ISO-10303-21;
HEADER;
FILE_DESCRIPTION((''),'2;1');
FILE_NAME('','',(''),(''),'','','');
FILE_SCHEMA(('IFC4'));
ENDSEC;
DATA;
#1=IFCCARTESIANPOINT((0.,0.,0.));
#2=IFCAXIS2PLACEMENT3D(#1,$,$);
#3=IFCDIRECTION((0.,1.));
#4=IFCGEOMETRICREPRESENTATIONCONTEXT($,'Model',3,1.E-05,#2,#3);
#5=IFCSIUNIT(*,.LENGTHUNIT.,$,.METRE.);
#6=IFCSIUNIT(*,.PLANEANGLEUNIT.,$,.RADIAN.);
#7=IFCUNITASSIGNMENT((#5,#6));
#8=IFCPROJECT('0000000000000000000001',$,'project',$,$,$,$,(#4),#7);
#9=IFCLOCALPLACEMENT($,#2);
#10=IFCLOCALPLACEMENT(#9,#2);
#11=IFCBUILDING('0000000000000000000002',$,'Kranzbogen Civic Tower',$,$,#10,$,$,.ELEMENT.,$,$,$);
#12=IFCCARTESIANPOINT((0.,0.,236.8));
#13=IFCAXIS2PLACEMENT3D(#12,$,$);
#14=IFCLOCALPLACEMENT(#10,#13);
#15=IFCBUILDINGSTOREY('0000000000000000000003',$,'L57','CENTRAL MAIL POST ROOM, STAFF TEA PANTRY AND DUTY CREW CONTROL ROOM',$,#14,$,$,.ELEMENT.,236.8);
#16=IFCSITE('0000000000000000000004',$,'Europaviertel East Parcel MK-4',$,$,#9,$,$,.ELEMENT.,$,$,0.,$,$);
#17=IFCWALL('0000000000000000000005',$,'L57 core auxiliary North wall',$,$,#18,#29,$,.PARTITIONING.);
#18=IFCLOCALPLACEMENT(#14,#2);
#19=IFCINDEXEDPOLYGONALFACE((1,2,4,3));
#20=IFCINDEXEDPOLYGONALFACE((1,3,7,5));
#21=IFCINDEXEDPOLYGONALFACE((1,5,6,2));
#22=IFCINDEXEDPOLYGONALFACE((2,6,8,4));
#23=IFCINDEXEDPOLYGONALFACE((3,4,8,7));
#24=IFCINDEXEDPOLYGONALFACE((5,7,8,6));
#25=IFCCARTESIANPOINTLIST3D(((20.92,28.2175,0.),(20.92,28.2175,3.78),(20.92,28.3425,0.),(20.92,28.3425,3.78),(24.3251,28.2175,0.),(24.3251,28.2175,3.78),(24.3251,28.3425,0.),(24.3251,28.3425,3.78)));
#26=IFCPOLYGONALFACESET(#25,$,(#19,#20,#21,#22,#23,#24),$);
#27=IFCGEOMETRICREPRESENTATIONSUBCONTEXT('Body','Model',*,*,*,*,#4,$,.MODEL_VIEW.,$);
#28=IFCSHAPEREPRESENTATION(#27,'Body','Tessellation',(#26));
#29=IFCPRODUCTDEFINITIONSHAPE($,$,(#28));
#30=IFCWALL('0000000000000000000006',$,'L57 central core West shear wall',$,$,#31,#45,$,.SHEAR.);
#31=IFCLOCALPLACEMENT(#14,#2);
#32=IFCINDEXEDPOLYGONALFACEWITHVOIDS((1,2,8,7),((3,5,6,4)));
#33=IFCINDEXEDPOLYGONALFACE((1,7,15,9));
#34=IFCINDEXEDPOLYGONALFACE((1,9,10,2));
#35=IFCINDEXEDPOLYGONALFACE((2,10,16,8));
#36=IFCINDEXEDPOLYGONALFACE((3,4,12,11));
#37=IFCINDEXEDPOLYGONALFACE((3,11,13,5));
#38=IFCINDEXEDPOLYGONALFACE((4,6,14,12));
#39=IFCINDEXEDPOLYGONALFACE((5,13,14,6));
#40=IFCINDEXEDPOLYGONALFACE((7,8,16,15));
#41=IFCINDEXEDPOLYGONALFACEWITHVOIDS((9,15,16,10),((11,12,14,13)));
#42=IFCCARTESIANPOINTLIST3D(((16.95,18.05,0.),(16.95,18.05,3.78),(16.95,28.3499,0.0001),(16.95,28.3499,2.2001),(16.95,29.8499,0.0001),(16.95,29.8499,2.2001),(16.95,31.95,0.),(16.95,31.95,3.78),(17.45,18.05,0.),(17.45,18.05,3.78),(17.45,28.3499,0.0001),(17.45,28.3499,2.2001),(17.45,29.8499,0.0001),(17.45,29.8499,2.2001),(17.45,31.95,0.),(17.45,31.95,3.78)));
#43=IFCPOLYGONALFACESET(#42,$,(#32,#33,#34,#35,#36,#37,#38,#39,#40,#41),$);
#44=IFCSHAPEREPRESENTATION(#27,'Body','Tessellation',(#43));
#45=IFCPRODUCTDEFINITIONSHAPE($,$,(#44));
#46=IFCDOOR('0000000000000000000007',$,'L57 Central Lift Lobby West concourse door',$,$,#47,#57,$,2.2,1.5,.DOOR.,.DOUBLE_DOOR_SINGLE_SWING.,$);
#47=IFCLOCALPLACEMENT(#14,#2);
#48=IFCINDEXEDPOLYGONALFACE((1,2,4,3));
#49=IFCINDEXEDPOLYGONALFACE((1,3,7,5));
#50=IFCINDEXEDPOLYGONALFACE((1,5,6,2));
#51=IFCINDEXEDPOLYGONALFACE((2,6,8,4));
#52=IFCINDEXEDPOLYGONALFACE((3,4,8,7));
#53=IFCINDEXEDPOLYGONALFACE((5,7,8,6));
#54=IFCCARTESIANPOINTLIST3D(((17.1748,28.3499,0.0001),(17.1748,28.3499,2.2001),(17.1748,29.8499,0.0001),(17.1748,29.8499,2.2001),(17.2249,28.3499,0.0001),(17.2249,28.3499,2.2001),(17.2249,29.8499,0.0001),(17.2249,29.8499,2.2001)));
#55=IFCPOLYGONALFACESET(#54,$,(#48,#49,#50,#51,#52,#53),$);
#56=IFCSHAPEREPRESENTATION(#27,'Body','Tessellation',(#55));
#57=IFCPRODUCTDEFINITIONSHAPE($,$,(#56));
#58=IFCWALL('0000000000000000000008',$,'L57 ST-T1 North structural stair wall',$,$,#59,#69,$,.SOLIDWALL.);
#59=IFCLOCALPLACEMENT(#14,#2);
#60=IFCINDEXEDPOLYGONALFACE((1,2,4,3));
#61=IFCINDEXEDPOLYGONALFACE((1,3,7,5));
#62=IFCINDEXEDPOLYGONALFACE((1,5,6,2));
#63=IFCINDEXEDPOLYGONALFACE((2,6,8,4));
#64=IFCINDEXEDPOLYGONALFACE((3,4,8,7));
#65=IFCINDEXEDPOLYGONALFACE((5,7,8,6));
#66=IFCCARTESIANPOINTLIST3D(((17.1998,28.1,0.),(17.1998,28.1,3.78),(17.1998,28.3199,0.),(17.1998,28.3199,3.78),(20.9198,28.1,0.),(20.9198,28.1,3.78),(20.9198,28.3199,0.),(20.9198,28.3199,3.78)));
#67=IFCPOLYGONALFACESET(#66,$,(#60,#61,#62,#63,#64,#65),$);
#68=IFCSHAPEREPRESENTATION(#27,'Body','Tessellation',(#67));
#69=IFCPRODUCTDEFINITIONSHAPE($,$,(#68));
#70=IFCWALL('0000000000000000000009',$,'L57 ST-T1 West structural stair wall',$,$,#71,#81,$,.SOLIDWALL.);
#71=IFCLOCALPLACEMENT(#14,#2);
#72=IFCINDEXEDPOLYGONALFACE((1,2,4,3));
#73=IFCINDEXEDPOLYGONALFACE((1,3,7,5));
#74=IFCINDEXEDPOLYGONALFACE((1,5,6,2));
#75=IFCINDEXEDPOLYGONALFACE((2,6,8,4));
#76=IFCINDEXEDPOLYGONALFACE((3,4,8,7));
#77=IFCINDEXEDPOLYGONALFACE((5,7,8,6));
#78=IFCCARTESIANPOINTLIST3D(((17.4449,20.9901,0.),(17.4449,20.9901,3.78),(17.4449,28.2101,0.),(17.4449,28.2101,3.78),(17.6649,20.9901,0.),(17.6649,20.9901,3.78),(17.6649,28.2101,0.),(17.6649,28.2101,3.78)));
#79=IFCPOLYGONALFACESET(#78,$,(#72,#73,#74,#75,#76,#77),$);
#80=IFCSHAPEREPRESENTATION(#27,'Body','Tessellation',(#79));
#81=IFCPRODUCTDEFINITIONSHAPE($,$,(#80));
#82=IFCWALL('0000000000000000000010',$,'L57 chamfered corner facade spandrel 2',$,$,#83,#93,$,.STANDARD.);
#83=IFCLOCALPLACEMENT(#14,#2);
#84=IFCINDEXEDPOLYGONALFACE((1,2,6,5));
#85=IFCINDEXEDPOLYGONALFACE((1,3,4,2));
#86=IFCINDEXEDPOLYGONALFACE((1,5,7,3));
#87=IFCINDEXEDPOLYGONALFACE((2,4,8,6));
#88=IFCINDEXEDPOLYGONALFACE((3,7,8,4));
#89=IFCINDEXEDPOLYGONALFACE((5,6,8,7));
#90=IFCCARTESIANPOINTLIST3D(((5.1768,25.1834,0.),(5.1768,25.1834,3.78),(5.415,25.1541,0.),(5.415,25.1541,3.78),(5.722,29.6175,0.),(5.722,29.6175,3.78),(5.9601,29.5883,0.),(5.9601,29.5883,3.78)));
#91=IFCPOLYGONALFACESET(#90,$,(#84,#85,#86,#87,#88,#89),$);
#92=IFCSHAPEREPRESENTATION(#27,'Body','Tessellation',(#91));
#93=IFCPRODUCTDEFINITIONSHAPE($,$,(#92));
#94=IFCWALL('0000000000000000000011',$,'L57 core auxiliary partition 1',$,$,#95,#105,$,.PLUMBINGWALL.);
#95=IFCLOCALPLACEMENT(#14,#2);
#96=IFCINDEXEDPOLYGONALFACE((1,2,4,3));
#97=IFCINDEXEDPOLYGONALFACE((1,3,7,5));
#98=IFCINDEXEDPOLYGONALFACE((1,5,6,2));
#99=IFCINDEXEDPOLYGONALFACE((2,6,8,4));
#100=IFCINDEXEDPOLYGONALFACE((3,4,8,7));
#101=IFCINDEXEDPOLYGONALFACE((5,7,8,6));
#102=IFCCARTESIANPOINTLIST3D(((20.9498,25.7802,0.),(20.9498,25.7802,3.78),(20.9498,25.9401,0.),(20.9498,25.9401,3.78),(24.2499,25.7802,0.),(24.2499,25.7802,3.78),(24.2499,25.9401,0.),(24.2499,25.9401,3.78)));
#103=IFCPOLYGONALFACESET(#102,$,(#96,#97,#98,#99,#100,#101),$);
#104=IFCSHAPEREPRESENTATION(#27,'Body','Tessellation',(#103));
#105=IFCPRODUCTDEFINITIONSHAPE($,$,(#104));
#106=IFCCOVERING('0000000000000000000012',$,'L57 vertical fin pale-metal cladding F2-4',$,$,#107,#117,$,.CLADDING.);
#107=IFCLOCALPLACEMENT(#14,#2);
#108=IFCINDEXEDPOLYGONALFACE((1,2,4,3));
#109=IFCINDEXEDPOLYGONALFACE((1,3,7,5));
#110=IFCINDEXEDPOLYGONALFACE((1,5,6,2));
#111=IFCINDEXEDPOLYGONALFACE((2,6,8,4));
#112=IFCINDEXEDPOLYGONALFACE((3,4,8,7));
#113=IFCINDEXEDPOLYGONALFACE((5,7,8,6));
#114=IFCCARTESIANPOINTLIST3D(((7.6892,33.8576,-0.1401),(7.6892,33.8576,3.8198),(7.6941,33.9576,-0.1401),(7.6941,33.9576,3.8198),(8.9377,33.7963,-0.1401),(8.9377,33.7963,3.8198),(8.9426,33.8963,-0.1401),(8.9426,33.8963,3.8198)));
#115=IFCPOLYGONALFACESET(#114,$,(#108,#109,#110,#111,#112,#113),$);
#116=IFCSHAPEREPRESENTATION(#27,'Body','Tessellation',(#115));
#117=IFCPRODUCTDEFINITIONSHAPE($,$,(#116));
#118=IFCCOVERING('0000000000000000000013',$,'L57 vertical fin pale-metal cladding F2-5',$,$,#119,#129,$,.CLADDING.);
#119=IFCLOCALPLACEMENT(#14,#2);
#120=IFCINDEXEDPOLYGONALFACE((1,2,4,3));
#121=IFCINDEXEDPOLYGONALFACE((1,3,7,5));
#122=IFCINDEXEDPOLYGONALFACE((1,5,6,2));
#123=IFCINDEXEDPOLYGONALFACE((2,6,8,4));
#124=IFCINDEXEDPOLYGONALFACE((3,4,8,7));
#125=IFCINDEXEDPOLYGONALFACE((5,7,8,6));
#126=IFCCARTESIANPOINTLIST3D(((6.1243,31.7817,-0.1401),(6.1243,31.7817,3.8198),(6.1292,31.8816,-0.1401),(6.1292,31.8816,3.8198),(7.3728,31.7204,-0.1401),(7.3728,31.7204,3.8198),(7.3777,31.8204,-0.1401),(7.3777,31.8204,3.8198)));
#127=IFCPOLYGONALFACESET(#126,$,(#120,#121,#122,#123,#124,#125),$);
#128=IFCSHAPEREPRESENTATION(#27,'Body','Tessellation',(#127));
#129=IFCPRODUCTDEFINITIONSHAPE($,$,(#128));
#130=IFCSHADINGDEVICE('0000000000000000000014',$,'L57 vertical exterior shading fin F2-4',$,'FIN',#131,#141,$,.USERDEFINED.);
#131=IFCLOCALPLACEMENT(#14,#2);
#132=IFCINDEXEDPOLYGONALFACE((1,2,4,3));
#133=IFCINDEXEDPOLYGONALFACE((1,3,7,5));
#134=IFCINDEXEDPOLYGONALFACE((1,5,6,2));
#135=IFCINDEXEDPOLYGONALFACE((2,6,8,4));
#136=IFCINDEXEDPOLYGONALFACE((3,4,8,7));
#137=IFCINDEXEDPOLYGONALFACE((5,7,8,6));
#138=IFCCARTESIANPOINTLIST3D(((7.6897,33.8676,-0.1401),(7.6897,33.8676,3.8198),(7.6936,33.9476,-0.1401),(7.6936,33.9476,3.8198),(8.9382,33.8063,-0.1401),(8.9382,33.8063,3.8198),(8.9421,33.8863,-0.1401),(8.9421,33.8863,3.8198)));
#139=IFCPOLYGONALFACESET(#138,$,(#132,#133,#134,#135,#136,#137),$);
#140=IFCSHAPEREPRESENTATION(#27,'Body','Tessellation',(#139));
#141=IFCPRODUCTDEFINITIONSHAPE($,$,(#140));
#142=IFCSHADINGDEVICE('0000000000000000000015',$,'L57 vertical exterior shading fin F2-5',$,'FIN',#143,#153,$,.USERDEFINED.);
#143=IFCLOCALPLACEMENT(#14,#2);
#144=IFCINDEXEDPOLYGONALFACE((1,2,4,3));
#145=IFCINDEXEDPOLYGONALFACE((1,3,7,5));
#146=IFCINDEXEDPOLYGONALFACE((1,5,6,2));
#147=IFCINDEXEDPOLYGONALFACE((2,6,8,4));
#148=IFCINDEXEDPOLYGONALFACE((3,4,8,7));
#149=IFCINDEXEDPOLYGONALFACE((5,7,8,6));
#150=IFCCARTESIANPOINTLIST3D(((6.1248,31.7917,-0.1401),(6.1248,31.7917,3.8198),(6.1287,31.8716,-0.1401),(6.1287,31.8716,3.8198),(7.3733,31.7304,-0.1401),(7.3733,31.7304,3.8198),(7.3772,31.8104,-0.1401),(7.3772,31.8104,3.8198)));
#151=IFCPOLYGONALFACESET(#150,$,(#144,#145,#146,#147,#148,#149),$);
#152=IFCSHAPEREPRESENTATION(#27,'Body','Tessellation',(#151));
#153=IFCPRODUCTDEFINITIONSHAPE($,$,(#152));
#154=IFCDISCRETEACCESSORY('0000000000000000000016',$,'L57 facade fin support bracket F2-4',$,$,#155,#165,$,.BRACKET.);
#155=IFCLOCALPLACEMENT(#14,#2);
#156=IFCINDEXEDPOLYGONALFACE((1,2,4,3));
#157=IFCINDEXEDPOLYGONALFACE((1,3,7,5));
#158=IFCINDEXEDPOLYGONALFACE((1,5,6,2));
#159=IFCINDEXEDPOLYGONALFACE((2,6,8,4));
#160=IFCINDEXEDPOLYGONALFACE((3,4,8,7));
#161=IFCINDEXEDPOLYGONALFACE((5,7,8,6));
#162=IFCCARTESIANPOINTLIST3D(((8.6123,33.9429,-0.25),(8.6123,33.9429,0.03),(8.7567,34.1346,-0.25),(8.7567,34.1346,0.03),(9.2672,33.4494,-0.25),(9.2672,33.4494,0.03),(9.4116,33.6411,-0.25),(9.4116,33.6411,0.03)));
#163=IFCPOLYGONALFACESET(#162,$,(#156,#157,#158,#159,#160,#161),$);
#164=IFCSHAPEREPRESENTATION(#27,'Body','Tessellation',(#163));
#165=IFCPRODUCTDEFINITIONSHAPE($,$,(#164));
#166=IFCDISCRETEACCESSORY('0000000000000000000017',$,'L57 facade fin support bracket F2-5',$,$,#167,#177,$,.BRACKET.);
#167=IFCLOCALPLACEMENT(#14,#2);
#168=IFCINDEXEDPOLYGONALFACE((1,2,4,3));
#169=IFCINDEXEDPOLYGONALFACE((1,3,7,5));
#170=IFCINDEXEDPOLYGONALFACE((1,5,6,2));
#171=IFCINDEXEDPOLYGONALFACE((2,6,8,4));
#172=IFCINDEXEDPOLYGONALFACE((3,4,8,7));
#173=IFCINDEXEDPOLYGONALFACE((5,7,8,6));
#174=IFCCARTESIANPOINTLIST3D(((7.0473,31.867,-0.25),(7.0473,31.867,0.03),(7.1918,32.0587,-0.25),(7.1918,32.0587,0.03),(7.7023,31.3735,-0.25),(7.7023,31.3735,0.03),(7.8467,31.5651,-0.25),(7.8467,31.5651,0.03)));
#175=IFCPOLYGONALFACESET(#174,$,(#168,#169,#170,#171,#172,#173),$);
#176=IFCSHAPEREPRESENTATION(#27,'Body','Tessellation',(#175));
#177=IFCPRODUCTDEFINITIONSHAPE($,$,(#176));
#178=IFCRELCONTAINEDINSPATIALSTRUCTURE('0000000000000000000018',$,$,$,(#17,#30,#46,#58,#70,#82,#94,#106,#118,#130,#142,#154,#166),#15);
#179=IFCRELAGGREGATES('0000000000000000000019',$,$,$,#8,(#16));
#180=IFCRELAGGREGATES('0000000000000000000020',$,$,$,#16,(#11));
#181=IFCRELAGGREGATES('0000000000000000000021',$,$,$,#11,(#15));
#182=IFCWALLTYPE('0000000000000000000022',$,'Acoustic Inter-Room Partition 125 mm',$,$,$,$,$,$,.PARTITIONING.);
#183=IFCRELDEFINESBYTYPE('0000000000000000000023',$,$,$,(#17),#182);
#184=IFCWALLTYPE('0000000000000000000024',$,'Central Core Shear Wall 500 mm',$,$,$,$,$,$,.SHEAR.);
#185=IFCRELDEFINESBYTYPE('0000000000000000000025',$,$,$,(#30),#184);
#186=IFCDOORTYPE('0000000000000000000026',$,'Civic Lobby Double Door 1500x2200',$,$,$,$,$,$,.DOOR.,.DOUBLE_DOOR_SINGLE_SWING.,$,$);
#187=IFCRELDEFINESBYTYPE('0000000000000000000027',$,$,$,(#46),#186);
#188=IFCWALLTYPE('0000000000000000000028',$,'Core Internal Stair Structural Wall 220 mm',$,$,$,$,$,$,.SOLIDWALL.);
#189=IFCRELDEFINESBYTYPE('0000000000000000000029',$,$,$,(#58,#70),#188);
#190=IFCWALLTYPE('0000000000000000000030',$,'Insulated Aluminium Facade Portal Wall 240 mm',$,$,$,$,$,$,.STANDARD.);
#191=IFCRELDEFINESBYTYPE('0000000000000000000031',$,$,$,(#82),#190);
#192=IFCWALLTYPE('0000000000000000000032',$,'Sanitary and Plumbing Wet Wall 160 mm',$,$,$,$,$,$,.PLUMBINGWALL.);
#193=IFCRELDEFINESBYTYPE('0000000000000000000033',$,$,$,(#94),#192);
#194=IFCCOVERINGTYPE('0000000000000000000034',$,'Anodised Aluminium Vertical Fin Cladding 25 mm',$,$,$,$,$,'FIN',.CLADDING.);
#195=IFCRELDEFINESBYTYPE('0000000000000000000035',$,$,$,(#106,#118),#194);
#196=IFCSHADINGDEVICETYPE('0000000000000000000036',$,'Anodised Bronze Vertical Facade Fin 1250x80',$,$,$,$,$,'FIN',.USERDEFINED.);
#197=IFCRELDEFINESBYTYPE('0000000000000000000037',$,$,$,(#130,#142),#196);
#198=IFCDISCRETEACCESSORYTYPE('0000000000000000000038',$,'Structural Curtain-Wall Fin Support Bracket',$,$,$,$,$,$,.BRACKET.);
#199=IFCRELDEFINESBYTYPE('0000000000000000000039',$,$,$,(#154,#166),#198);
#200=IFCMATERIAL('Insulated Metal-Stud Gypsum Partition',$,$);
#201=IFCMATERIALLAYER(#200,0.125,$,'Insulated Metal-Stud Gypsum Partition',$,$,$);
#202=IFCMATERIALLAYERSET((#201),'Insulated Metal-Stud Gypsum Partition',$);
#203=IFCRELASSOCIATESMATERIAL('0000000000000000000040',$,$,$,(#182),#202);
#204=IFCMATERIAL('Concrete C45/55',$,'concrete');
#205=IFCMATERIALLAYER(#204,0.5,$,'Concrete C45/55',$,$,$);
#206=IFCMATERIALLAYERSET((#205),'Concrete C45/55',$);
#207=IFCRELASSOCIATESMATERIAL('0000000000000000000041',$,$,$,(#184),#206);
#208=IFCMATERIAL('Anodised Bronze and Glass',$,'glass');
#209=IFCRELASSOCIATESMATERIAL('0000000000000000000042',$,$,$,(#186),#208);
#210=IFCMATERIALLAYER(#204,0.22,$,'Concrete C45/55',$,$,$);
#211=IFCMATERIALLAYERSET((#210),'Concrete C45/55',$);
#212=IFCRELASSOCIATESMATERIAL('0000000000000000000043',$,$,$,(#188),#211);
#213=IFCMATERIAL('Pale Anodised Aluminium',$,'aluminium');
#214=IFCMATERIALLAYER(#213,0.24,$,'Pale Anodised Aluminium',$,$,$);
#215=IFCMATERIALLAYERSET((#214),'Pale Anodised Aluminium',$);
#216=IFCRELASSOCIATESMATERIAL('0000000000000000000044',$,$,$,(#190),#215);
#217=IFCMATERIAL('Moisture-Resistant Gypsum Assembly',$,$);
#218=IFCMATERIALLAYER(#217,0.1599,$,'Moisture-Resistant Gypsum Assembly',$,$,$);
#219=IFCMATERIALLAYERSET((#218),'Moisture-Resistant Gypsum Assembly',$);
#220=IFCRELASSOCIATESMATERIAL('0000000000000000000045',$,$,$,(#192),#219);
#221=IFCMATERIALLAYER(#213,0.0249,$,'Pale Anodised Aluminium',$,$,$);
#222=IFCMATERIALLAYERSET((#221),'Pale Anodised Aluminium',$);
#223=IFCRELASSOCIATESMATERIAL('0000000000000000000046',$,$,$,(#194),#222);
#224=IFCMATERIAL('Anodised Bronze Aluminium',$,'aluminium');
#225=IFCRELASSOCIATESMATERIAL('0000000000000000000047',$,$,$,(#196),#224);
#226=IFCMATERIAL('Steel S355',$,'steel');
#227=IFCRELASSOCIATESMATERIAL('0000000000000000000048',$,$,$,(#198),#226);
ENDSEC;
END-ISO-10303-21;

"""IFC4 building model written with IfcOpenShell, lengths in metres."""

from ifc_helpers import new_model, si_unit, direction, frame, frame_2d, origin, origin_2d, place, context, subcontext, project, spatial, rectangle, extrude, material, layer, layer_set, type_object, element, fill, save


model = new_model("IFC4")

# Units and contexts
model_context = context("Model", 3, precision=1e-05, world=origin(), true_north=direction((0.0, 1.0)))
body_context = subcontext(model_context, "Body", "Model", "MODEL_VIEW")
ifc_project = project(units=[si_unit("LENGTHUNIT", "METRE"), si_unit("PLANEANGLEUNIT", "RADIAN")], contexts=[model_context])

# Site, building, storey
site_placement = place(None, origin())
site = spatial("IfcSite", under=ifc_project, at=site_placement, Name="Europaviertel East Parcel MK-4", CompositionType="ELEMENT", RefElevation=0.0)
building_placement = place(site_placement, origin())
building = spatial("IfcBuilding", under=site, at=building_placement, Name="Kranzbogen Civic Tower", CompositionType="ELEMENT")
storey_placement = place(building_placement, frame((0.0, 0.0, 236.8)))
storey = spatial("IfcBuildingStorey", under=building, at=storey_placement, Name="L57", Description="CENTRAL MAIL POST ROOM, STAFF TEA PANTRY AND DUTY CREW CONTROL ROOM", CompositionType="ELEMENT", Elevation=236.8)

# Shared definitions
ifc_material_1 = material(Name="Steel S355", Category="steel")

# Shared definitions
ifc_material_2 = material(Name="Pale Anodised Aluminium", Category="aluminium")

# Wall
ifc_material_3 = material(Name="Insulated Metal-Stud Gypsum Partition")
ifc_layer_1 = layer(ifc_material_3, 0.125, Name="Insulated Metal-Stud Gypsum Partition")
ifc_layer_set_1 = layer_set([ifc_layer_1], Name="Insulated Metal-Stud Gypsum Partition")
wall_type_1 = type_object("IfcWallType", Name="Acoustic Inter-Room Partition 125 mm", PredefinedType="PARTITIONING", material=ifc_layer_set_1)
wall_1_placement = place(storey_placement, frame((20.9199, 28.28, 0.0), z_axis=(0.0, 0.0, 1.0), x_axis=(1.0, 0.0, 0.0)))
element("IfcWall", 1, at=wall_1_placement, inside=storey, type_object=wall_type_1, Name="L57 core auxiliary North wall", PredefinedType="PARTITIONING", context=body_context, shape_type="SweptSolid", body=[
    extrude(rectangle(XDim=3.405, YDim=0.125, at=frame_2d((1.7026, 0.0))), origin(), (0.0, 0.0, 1.0), 3.78),
])

# Wall, opening, door
ifc_material_4 = material(Name="Concrete C45/55", Category="concrete")
ifc_layer_2 = layer(ifc_material_4, 0.5, Name="Concrete C45/55")
ifc_layer_set_2 = layer_set([ifc_layer_2], Name="Concrete C45/55")
wall_type_2 = type_object("IfcWallType", Name="Central Core Shear Wall 500 mm", PredefinedType="SHEAR", material=ifc_layer_set_2)
wall_2_placement = place(storey_placement, frame((17.2, 31.95, 0.0), z_axis=(0.0, 0.0, 1.0), x_axis=(0.0, -1.0, 0.0)))
wall_2 = element("IfcWall", 2, at=wall_2_placement, inside=storey, type_object=wall_type_2, Name="L57 central core West shear wall", PredefinedType="SHEAR", context=body_context, shape_type="SweptSolid", body=[
    extrude(rectangle(XDim=13.8999, YDim=0.5, at=frame_2d((6.95, 0.0))), origin(), (0.0, 0.0, 1.0), 3.78),
])
opening_placement = place(wall_2_placement, frame((2.1001, 0.0, 0.0)))
opening = element("IfcOpeningElement", 3, at=opening_placement, cuts=wall_2, PredefinedType="OPENING", context=body_context, shape_type="SweptSolid", body=[
    extrude(rectangle(XDim=1.5, YDim=2.2, at=frame_2d((0.75, 1.1001))), frame((0.0, 0.26, 0.0), z_axis=(0.0, -1.0, 0.0), x_axis=(1.0, 0.0, 0.0)), (0.0, 0.0, 1.0), 0.52),
])
ifc_material_5 = material(Name="Anodised Bronze and Glass", Category="glass")
door_type = type_object("IfcDoorType", Name="Civic Lobby Double Door 1500x2200", OperationType="DOUBLE_DOOR_SINGLE_SWING", PredefinedType="DOOR", material=ifc_material_5)
door_placement = place(opening_placement, origin())
door = element("IfcDoor", 4, at=door_placement, inside=storey, type_object=door_type, Name="L57 Central Lift Lobby West concourse door", OperationType="DOUBLE_DOOR_SINGLE_SWING", OverallHeight=2.2, OverallWidth=1.5, PredefinedType="DOOR", context=body_context, shape_type="SweptSolid", body=[
    extrude(rectangle(XDim=1.5, YDim=2.2, at=frame_2d((0.75, 1.1001))), frame((0.0, 0.0249, 0.0), z_axis=(0.0, -1.0, 0.0), x_axis=(1.0, 0.0, 0.0)), (0.0, 0.0, 1.0), 0.05),
])
fill(opening, door)

# Walls
ifc_layer_3 = layer(ifc_material_4, 0.22, Name="Concrete C45/55")
ifc_layer_set_3 = layer_set([ifc_layer_3], Name="Concrete C45/55")
wall_type_3 = type_object("IfcWallType", Name="Core Internal Stair Structural Wall 220 mm", PredefinedType="SOLIDWALL", material=ifc_layer_set_3)
wall_3_placement = place(storey_placement, frame((17.2, 28.21, 0.0), z_axis=(0.0, 0.0, 1.0), x_axis=(1.0, 0.0, 0.0)))
element("IfcWall", 5, at=wall_3_placement, inside=storey, type_object=wall_type_3, Name="L57 ST-T1 North structural stair wall", PredefinedType="SOLIDWALL", context=body_context, shape_type="SweptSolid", body=[
    extrude(rectangle(XDim=3.72, YDim=0.22, at=frame_2d((1.8599, 0.0))), origin(), (0.0, 0.0, 1.0), 3.78),
])
wall_4_placement = place(storey_placement, frame((17.5549, 28.21, 0.0), z_axis=(0.0, 0.0, 1.0), x_axis=(0.0, -1.0, 0.0)))
element("IfcWall", 6, at=wall_4_placement, inside=storey, type_object=wall_type_3, Name="L57 ST-T1 West structural stair wall", PredefinedType="SOLIDWALL", context=body_context, shape_type="SweptSolid", body=[
    extrude(rectangle(XDim=7.22, YDim=0.22, at=frame_2d((3.6099, 0.0))), origin(), (0.0, 0.0, 1.0), 3.78),
])
ifc_layer_4 = layer(ifc_material_2, 0.24, Name="Pale Anodised Aluminium")
ifc_layer_set_4 = layer_set([ifc_layer_4], Name="Pale Anodised Aluminium")
wall_type_4 = type_object("IfcWallType", Name="Insulated Aluminium Facade Portal Wall 240 mm", PredefinedType="STANDARD", material=ifc_layer_set_4)
wall_5_placement = place(storey_placement, frame((5.8411, 29.603, 0.0), z_axis=(0.0, 0.0, 1.0), x_axis=(-0.12203, -0.992526, 0.0)))
element("IfcWall", 7, at=wall_5_placement, inside=storey, type_object=wall_type_4, Name="L57 chamfered corner facade spandrel 2", PredefinedType="STANDARD", context=body_context, shape_type="SweptSolid", body=[
    extrude(rectangle(XDim=4.4675, YDim=0.24, at=frame_2d((2.2339, 0.0))), origin(), (0.0, 0.0, 1.0), 3.78),
])
ifc_material_6 = material(Name="Moisture-Resistant Gypsum Assembly")
ifc_layer_5 = layer(ifc_material_6, 0.1599, Name="Moisture-Resistant Gypsum Assembly")
ifc_layer_set_5 = layer_set([ifc_layer_5], Name="Moisture-Resistant Gypsum Assembly")
wall_type_5 = type_object("IfcWallType", Name="Sanitary and Plumbing Wet Wall 160 mm", PredefinedType="PLUMBINGWALL", material=ifc_layer_set_5)
wall_6_placement = place(storey_placement, frame((20.95, 25.8601, 0.0), z_axis=(0.0, 0.0, 1.0), x_axis=(1.0, 0.0, 0.0)))
element("IfcWall", 8, at=wall_6_placement, inside=storey, type_object=wall_type_5, Name="L57 core auxiliary partition 1", PredefinedType="PLUMBINGWALL", context=body_context, shape_type="SweptSolid", body=[
    extrude(rectangle(XDim=3.3, YDim=0.1599, at=frame_2d((1.6499, 0.0))), origin(), (0.0, 0.0, 1.0), 3.78),
])

# Coverings
ifc_layer_6 = layer(ifc_material_2, 0.0249, Name="Pale Anodised Aluminium")
ifc_layer_set_6 = layer_set([ifc_layer_6], Name="Pale Anodised Aluminium")
covering_type = type_object("IfcCoveringType", Name="Anodised Aluminium Vertical Fin Cladding 25 mm", ElementType="FIN", PredefinedType="CLADDING", material=ifc_layer_set_6)
for number, where, z_axis, x_axis, name in (
    (9, (8.3159, 33.877, -0.1401), (0.0, 0.0, 1.0), (-0.998799, 0.048989, 0.0), "L57 vertical fin pale-metal cladding F2-4"),
    (10, (6.751, 31.801, -0.1401), (0.0, 0.0, 1.0), (-0.998799, 0.048989, 0.0), "L57 vertical fin pale-metal cladding F2-5"),
):
    element("IfcCovering", number, at=place(storey_placement, frame(where, z_axis=z_axis, x_axis=x_axis)), inside=storey, type_object=covering_type, Name=name, PredefinedType="CLADDING", context=body_context, shape_type="SweptSolid", body=[
        extrude(rectangle(XDim=1.25, YDim=0.1001, at=origin_2d()), origin(), (0.0, 0.0, 1.0), 3.96),
    ])

# Shading devices
ifc_material_7 = material(Name="Anodised Bronze Aluminium", Category="aluminium")
shading_device_type = type_object("IfcShadingDeviceType", Name="Anodised Bronze Vertical Facade Fin 1250x80", ElementType="FIN", PredefinedType="USERDEFINED", material=ifc_material_7)
for number, where, z_axis, x_axis, name in (
    (11, (8.3159, 33.877, -0.1401), (0.0, 0.0, 1.0), (-0.998799, 0.048989, 0.0), "L57 vertical exterior shading fin F2-4"),
    (12, (6.751, 31.801, -0.1401), (0.0, 0.0, 1.0), (-0.998799, 0.048989, 0.0), "L57 vertical exterior shading fin F2-5"),
):
    element("IfcShadingDevice", number, at=place(storey_placement, frame(where, z_axis=z_axis, x_axis=x_axis)), inside=storey, type_object=shading_device_type, Name=name, ObjectType="FIN", PredefinedType="USERDEFINED", context=body_context, shape_type="SweptSolid", body=[
        extrude(rectangle(XDim=1.25, YDim=0.0801, at=origin_2d()), origin(), (0.0, 0.0, 1.0), 3.96),
    ])

# Discrete accessories
discrete_accessory_type = type_object("IfcDiscreteAccessoryType", Name="Structural Curtain-Wall Fin Support Bracket", PredefinedType="BRACKET", material=ifc_material_1)
for number, where, z_axis, x_axis, name in (
    (13, (9.012, 33.792, -0.25), (0.0, 0.0, 1.0), (-0.798636, 0.601815, 0.0), "L57 facade fin support bracket F2-4"),
    (14, (7.447, 31.7161, -0.25), (0.0, 0.0, 1.0), (-0.798636, 0.601815, 0.0), "L57 facade fin support bracket F2-5"),
):
    element("IfcDiscreteAccessory", number, at=place(storey_placement, frame(where, z_axis=z_axis, x_axis=x_axis)), inside=storey, type_object=discrete_accessory_type, Name=name, PredefinedType="BRACKET", context=body_context, shape_type="SweptSolid", body=[
        extrude(rectangle(XDim=0.8201, YDim=0.24, at=origin_2d()), origin(), (0.0, 0.0, 1.0), 0.28),
    ])

save(model, "model.ifc")
